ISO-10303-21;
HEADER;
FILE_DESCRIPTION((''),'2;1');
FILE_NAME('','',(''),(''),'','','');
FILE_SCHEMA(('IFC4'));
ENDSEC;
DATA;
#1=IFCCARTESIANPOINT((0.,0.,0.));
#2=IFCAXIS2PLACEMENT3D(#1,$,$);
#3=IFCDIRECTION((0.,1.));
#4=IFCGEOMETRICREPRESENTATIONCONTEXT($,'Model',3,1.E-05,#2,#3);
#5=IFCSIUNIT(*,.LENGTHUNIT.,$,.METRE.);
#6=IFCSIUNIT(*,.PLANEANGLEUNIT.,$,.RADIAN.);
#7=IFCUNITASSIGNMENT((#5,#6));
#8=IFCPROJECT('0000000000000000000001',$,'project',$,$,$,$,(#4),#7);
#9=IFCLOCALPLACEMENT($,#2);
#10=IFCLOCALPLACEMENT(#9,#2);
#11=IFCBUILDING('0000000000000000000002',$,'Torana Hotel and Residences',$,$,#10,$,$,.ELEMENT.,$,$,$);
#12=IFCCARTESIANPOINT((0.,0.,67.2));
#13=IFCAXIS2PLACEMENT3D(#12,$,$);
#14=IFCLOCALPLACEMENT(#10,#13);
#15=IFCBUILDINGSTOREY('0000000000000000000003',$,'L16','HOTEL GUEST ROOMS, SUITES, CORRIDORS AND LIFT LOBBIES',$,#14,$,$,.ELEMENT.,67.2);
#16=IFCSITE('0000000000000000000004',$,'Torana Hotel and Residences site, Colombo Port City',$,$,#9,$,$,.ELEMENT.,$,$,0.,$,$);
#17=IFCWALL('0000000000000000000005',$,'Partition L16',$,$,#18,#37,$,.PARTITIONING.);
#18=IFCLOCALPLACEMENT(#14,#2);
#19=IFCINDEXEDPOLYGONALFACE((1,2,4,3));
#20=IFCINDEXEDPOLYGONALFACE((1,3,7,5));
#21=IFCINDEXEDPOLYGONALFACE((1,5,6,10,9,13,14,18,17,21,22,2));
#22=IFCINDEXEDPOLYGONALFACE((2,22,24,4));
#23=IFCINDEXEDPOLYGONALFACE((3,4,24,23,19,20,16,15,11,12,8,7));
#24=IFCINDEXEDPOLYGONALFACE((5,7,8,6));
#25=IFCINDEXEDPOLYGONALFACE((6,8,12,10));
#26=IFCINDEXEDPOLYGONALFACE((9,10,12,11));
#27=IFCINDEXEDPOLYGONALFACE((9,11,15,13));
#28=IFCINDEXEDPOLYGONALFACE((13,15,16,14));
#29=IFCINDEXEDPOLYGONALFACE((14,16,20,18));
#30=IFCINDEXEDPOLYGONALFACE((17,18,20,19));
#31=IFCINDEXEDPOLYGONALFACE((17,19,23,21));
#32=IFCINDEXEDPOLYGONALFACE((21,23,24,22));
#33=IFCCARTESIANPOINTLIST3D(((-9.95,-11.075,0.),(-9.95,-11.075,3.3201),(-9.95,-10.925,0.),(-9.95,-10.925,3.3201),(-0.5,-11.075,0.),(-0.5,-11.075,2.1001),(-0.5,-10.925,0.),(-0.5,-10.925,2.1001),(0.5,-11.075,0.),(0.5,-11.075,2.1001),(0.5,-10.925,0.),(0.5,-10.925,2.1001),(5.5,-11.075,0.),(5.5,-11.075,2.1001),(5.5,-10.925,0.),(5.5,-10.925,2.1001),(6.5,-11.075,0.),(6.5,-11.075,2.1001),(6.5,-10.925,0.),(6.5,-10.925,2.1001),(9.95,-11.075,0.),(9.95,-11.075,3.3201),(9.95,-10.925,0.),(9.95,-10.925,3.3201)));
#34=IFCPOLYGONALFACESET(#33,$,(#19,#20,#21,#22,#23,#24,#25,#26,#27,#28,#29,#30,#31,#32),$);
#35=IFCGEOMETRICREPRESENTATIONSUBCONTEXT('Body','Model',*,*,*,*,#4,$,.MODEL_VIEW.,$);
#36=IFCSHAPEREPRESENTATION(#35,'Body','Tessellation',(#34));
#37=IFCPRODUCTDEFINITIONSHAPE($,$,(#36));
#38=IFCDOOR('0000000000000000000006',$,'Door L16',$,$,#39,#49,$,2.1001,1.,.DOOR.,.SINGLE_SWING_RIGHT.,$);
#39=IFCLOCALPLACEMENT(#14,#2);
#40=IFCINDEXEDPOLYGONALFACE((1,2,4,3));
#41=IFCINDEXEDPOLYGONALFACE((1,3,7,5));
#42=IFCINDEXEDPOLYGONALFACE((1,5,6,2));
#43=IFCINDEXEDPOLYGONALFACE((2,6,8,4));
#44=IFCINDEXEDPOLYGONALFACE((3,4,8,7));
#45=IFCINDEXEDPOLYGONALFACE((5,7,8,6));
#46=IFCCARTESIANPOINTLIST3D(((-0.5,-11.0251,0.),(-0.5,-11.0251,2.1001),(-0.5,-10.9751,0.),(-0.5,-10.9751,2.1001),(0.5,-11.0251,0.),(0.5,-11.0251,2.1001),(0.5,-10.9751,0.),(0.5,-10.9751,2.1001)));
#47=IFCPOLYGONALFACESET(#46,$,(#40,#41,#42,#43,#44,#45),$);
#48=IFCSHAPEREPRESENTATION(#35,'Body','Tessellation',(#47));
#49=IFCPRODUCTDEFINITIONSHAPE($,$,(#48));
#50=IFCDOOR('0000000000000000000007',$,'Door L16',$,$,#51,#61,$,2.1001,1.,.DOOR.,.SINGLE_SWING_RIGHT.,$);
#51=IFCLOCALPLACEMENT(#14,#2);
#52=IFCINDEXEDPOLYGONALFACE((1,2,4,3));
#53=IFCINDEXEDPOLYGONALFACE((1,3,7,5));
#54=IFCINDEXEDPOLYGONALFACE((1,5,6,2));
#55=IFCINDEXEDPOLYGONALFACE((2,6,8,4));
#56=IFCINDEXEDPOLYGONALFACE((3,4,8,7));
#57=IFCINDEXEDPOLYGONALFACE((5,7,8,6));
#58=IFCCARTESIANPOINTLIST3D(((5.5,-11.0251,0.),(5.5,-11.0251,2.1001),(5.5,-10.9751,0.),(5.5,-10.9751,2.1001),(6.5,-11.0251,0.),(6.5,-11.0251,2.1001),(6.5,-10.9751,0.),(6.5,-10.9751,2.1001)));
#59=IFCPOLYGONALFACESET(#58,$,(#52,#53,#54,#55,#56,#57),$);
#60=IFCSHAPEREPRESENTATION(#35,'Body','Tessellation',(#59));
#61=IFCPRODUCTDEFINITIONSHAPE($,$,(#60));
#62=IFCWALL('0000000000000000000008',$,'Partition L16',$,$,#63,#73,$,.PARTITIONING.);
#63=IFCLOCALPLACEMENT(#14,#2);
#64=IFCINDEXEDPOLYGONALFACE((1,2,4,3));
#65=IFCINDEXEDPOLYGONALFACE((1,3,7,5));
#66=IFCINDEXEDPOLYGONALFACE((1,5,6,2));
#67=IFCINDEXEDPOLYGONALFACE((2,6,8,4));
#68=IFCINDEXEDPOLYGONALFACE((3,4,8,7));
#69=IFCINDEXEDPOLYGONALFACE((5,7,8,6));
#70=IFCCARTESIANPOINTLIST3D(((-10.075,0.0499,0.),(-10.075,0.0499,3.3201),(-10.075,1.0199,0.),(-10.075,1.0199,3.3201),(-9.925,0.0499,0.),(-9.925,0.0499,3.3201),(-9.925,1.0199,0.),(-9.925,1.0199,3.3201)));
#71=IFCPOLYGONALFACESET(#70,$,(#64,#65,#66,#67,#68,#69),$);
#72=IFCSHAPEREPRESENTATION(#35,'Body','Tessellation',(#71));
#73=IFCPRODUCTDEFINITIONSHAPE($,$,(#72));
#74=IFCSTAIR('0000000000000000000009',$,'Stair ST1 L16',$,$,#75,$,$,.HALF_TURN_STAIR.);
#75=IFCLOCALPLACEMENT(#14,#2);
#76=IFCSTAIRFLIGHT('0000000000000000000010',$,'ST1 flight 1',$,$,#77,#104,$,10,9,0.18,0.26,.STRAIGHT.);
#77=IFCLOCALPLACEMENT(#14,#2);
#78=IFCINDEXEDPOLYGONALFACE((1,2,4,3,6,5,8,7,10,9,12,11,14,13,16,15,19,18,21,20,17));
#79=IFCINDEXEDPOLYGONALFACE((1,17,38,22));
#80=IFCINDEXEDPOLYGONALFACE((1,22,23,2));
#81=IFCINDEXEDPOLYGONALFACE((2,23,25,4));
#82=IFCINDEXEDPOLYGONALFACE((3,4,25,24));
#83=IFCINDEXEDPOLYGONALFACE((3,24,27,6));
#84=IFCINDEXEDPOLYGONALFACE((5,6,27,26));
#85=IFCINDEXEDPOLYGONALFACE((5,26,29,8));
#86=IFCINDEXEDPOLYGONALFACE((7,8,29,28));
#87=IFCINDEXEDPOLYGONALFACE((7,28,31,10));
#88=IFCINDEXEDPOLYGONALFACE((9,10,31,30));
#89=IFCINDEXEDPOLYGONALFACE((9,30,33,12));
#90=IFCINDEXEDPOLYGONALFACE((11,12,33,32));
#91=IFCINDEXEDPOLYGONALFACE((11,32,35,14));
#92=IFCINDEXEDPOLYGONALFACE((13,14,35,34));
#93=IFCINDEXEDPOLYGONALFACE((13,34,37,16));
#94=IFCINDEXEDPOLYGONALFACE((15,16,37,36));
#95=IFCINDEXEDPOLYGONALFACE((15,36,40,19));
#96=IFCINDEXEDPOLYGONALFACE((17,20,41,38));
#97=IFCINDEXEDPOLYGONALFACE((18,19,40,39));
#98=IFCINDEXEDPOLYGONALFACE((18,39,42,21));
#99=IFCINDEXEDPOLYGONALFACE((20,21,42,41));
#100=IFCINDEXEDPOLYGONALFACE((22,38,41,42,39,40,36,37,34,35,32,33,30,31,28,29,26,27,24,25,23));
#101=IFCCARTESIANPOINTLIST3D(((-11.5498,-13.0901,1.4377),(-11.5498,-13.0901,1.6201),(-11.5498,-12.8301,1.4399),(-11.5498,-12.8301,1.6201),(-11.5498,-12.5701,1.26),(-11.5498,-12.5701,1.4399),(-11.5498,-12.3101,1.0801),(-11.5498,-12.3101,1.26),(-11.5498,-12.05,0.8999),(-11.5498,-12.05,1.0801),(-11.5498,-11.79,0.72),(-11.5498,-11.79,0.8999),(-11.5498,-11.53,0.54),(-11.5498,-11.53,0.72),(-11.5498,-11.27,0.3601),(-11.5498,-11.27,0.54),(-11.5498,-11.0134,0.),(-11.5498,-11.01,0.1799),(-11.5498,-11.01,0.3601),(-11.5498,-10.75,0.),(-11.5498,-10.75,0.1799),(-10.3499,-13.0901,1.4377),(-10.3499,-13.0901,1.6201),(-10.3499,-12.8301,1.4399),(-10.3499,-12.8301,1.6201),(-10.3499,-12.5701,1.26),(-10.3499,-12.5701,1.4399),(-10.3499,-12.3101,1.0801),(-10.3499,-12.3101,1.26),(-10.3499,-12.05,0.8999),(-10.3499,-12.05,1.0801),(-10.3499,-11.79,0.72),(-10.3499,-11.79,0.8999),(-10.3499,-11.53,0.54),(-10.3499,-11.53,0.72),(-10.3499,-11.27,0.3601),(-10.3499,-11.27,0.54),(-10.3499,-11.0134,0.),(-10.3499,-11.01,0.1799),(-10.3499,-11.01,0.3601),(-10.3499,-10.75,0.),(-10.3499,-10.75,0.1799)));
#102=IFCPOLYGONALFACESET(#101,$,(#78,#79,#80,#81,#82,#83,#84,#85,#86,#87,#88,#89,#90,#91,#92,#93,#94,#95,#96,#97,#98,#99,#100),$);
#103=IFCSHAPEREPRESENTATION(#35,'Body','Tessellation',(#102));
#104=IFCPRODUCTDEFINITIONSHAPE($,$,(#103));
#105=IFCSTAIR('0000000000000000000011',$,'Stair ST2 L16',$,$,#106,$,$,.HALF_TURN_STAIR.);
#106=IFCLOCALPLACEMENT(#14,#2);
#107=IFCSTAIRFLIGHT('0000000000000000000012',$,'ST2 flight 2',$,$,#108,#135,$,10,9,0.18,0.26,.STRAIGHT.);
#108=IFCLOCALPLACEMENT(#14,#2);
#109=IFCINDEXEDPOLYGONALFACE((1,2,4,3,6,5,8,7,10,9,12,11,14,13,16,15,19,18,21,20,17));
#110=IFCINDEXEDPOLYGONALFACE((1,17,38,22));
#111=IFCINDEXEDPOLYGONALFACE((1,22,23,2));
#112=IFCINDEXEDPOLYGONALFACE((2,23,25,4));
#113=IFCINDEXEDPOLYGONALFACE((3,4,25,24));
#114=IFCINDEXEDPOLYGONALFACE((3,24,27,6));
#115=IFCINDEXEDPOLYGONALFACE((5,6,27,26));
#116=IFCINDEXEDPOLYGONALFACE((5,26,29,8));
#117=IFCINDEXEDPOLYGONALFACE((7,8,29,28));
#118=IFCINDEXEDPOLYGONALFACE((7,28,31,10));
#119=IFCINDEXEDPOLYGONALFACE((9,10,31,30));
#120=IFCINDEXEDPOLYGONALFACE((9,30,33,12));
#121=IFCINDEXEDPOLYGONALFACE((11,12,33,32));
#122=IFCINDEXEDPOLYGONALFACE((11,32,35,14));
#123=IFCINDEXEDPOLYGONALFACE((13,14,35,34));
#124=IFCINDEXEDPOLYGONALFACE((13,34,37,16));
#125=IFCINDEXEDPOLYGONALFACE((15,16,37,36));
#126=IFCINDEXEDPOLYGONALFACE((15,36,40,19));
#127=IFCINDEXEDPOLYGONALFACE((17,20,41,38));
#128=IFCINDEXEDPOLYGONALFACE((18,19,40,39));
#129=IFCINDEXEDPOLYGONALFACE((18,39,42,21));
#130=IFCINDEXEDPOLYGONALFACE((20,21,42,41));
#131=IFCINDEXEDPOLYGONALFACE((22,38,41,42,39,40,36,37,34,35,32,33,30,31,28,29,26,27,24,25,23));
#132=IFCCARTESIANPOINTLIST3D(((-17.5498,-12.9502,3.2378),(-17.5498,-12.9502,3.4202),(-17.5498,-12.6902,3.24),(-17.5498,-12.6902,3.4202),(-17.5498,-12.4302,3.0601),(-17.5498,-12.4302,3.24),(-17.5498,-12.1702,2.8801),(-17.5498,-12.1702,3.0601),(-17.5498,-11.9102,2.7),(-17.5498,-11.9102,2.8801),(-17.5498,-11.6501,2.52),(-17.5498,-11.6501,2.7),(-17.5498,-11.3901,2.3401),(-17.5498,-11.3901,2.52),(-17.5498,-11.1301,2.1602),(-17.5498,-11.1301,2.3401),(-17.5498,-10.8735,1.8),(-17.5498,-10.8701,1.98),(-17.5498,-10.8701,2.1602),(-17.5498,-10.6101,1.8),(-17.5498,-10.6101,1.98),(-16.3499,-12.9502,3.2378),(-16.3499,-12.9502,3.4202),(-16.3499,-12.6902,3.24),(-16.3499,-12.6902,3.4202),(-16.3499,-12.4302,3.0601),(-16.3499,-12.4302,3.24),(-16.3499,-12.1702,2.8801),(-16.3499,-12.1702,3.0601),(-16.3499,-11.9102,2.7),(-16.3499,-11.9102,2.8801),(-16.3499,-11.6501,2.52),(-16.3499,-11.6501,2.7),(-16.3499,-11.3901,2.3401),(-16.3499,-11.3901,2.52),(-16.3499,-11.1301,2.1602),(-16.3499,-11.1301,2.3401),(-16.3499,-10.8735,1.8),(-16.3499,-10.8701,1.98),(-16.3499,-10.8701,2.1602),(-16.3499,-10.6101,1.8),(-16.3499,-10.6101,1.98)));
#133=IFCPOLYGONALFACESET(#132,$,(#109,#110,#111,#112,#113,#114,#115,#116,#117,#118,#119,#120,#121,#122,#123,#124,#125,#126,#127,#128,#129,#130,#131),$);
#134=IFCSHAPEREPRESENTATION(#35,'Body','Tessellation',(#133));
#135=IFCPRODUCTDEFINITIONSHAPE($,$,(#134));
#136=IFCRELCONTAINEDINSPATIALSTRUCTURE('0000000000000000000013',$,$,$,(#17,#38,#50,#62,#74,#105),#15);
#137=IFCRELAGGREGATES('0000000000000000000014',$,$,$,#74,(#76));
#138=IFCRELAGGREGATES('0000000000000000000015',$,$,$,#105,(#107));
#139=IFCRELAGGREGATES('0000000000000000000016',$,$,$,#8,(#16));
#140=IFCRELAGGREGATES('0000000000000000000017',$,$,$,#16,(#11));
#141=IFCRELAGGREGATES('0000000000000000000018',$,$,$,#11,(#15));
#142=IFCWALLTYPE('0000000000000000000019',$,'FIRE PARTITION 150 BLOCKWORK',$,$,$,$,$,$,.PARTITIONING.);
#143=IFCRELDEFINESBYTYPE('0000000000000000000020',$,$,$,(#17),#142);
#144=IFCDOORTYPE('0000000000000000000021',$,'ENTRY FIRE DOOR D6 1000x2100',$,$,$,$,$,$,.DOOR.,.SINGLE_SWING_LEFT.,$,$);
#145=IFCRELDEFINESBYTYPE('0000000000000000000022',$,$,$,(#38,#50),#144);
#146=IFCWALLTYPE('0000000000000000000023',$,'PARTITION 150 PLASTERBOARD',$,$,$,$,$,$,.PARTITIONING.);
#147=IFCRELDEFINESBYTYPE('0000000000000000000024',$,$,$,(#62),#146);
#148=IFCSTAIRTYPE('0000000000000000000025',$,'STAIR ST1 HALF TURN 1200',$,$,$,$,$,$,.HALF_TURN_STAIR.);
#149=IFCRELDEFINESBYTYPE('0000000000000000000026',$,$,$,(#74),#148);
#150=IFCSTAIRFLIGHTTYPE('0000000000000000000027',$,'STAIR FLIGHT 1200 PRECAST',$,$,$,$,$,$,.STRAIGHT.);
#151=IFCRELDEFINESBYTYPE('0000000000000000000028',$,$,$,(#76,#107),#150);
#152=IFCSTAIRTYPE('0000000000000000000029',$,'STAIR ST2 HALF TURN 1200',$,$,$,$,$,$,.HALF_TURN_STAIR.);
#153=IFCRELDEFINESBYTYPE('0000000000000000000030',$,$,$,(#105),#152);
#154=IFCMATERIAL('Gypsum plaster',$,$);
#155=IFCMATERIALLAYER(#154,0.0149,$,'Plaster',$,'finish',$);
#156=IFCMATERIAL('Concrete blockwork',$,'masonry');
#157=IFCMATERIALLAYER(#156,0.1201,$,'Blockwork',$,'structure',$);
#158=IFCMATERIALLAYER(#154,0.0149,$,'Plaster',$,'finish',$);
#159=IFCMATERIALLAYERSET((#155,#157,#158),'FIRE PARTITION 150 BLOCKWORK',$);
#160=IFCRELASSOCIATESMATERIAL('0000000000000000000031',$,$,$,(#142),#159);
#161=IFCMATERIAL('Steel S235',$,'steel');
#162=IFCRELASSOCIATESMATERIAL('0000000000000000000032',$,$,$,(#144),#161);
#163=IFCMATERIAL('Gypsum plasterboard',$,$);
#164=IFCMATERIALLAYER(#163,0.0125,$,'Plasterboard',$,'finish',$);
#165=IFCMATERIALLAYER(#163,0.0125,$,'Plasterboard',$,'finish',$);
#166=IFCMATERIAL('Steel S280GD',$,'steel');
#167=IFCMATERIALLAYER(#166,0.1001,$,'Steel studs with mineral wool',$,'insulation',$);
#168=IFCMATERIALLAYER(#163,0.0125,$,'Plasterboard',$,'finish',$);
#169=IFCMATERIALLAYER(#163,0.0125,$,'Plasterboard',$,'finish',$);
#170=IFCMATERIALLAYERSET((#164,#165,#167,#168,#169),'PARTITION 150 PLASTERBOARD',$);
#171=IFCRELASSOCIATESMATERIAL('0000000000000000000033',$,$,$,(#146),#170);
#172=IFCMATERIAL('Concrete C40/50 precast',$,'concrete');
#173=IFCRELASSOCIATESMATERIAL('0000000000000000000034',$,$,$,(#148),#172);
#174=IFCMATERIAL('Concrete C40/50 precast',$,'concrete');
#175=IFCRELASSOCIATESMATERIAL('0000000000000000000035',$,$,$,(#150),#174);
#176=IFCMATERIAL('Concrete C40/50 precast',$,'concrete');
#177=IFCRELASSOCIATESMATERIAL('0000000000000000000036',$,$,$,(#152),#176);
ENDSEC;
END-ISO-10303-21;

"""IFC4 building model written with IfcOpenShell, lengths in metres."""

from ifc_helpers import new_model, si_unit, direction, frame, frame_2d, origin, place, context, subcontext, project, spatial, polyline, rectangle, outline, extrude, material, layer, layer_set, type_object, element, fill, aggregate, save


model = new_model("IFC4")

# Units and contexts
model_context = context("Model", 3, precision=1e-05, world=origin(), true_north=direction((0.0, 1.0)))
body_context = subcontext(model_context, "Body", "Model", "MODEL_VIEW")
ifc_project = project(units=[si_unit("LENGTHUNIT", "METRE"), si_unit("PLANEANGLEUNIT", "RADIAN")], contexts=[model_context])

# Site, building, storey
site_placement = place(None, origin())
site = spatial("IfcSite", under=ifc_project, at=site_placement, Name="Torana Hotel and Residences site, Colombo Port City", CompositionType="ELEMENT", RefElevation=0.0)
building_placement = place(site_placement, origin())
building = spatial("IfcBuilding", under=site, at=building_placement, Name="Torana Hotel and Residences", CompositionType="ELEMENT")
storey_placement = place(building_placement, frame((0.0, 0.0, 67.2)))
storey = spatial("IfcBuildingStorey", under=building, at=storey_placement, Name="L16", Description="HOTEL GUEST ROOMS, SUITES, CORRIDORS AND LIFT LOBBIES", CompositionType="ELEMENT", Elevation=67.2)

# Shared definitions
ifc_material_1 = material(Name="Gypsum plaster")
ifc_layer_1 = layer(ifc_material_1, 0.0149, Name="Plaster", Category="finish")
ifc_material_2 = material(Name="Concrete blockwork", Category="masonry")
ifc_layer_2 = layer(ifc_material_2, 0.1201, Name="Blockwork", Category="structure")
ifc_layer_3 = layer(ifc_material_1, 0.0149, Name="Plaster", Category="finish")
ifc_layer_set_1 = layer_set([ifc_layer_1, ifc_layer_2, ifc_layer_3], Name="FIRE PARTITION 150 BLOCKWORK")
wall_type_1 = type_object("IfcWallType", Name="FIRE PARTITION 150 BLOCKWORK", PredefinedType="PARTITIONING", material=ifc_layer_set_1)

# Wall, openings, doors
wall_1_placement = place(storey_placement, frame((-9.95, -11.0, 0.0), z_axis=(0.0, 0.0, 1.0), x_axis=(1.0, 0.0, 0.0)))
wall_1 = element("IfcWall", 1, at=wall_1_placement, inside=storey, type_object=wall_type_1, Name="Partition L16", PredefinedType="PARTITIONING", context=body_context, shape_type="SweptSolid", body=[
    extrude(rectangle(XDim=19.8999, YDim=0.1499, at=frame_2d((9.95, 0.0))), origin(), (0.0, 0.0, 1.0), 3.3201),
])
opening_1_placement = place(wall_1_placement, frame((9.45, 0.0, 0.0)))
opening_1 = element("IfcOpeningElement", 2, at=opening_1_placement, cuts=wall_1, PredefinedType="OPENING", context=body_context, shape_type="SweptSolid", body=[
    extrude(rectangle(XDim=1.0, YDim=2.1001, at=frame_2d((0.5, 1.05))), frame((0.0, 0.085, 0.0), z_axis=(0.0, -1.0, 0.0), x_axis=(1.0, 0.0, 0.0)), (0.0, 0.0, 1.0), 0.1699),
])
opening_2_placement = place(wall_1_placement, frame((15.45, 0.0, 0.0)))
opening_2 = element("IfcOpeningElement", 3, at=opening_2_placement, cuts=wall_1, PredefinedType="OPENING", context=body_context, shape_type="SweptSolid", body=[
    extrude(rectangle(XDim=1.0, YDim=2.1001, at=frame_2d((0.5, 1.05))), frame((0.0, 0.085, 0.0), z_axis=(0.0, -1.0, 0.0), x_axis=(1.0, 0.0, 0.0)), (0.0, 0.0, 1.0), 0.1699),
])
ifc_material_3 = material(Name="Steel S235", Category="steel")
door_type = type_object("IfcDoorType", Name="ENTRY FIRE DOOR D6 1000x2100", OperationType="SINGLE_SWING_LEFT", PredefinedType="DOOR", material=ifc_material_3)
door_1_placement = place(opening_1_placement, origin())
door_1 = element("IfcDoor", 4, at=door_1_placement, inside=storey, type_object=door_type, Name="Door L16", OperationType="SINGLE_SWING_RIGHT", OverallHeight=2.1001, OverallWidth=1.0, PredefinedType="DOOR", context=body_context, shape_type="SweptSolid", body=[
    extrude(rectangle(XDim=1.0, YDim=2.1001, at=frame_2d((0.5, 1.05))), frame((0.0, 0.0249, 0.0), z_axis=(0.0, -1.0, 0.0), x_axis=(1.0, 0.0, 0.0)), (0.0, 0.0, 1.0), 0.05),
])
fill(opening_1, door_1)
door_2_placement = place(opening_2_placement, origin())
door_2 = element("IfcDoor", 5, at=door_2_placement, inside=storey, type_object=door_type, Name="Door L16", OperationType="SINGLE_SWING_RIGHT", OverallHeight=2.1001, OverallWidth=1.0, PredefinedType="DOOR", context=body_context, shape_type="SweptSolid", body=[
    extrude(rectangle(XDim=1.0, YDim=2.1001, at=frame_2d((0.5, 1.05))), frame((0.0, 0.0249, 0.0), z_axis=(0.0, -1.0, 0.0), x_axis=(1.0, 0.0, 0.0)), (0.0, 0.0, 1.0), 0.05),
])
fill(opening_2, door_2)

# Wall
ifc_material_4 = material(Name="Gypsum plasterboard")
ifc_layer_4 = layer(ifc_material_4, 0.0125, Name="Plasterboard", Category="finish")
ifc_layer_5 = layer(ifc_material_4, 0.0125, Name="Plasterboard", Category="finish")
ifc_material_5 = material(Name="Steel S280GD", Category="steel")
ifc_layer_6 = layer(ifc_material_5, 0.1001, Name="Steel studs with mineral wool", Category="insulation")
ifc_layer_7 = layer(ifc_material_4, 0.0125, Name="Plasterboard", Category="finish")
ifc_layer_8 = layer(ifc_material_4, 0.0125, Name="Plasterboard", Category="finish")
ifc_layer_set_2 = layer_set([ifc_layer_4, ifc_layer_5, ifc_layer_6, ifc_layer_7, ifc_layer_8], Name="PARTITION 150 PLASTERBOARD")
wall_type_2 = type_object("IfcWallType", Name="PARTITION 150 PLASTERBOARD", PredefinedType="PARTITIONING", material=ifc_layer_set_2)
wall_2_placement = place(storey_placement, frame((-10.0, 0.05, 0.0), z_axis=(0.0, 0.0, 1.0), x_axis=(0.0, 1.0, 0.0)))
element("IfcWall", 6, at=wall_2_placement, inside=storey, type_object=wall_type_2, Name="Partition L16", PredefinedType="PARTITIONING", context=body_context, shape_type="SweptSolid", body=[
    extrude(rectangle(XDim=0.97, YDim=0.1499, at=frame_2d((0.4849, 0.0))), origin(), (0.0, 0.0, 1.0), 3.3201),
])

# Stairs, stair flights
ifc_material_6 = material(Name="Concrete C40/50 precast", Category="concrete")
stair_type_1 = type_object("IfcStairType", Name="STAIR ST1 HALF TURN 1200", PredefinedType="HALF_TURN_STAIR", material=ifc_material_6)
stair_1_placement = place(storey_placement, origin())
stair_1 = element("IfcStair", 7, at=stair_1_placement, inside=storey, type_object=stair_type_1, Name="Stair ST1 L16", PredefinedType="HALF_TURN_STAIR")
ifc_material_7 = material(Name="Concrete C40/50 precast", Category="concrete")
stair_flight_type = type_object("IfcStairFlightType", Name="STAIR FLIGHT 1200 PRECAST", PredefinedType="STRAIGHT", material=ifc_material_7)
stair_flight_1_placement = place(storey_placement, frame((-10.95, -10.75, 0.0), z_axis=(0.0, 0.0, 1.0), x_axis=(0.0, -1.0, 0.0)))
stair_flight_1 = element("IfcStairFlight", 8, at=stair_flight_1_placement, type_object=stair_flight_type, Name="ST1 flight 1", NumberOfRisers=10, NumberOfTreads=9, PredefinedType="STRAIGHT", RiserHeight=0.18, TreadLength=0.26, context=body_context, shape_type="SweptSolid", body=[
    extrude(outline(polyline([(0.0, 0.0), (0.0, 0.1799), (0.26, 0.1799), (0.26, 0.3601), (0.52, 0.3601), (0.52, 0.54), (0.78, 0.54), (0.78, 0.72), (1.04, 0.72), (1.04, 0.8999), (1.3, 0.8999), (1.3, 1.0801), (1.5601, 1.0801), (1.5601, 1.26), (1.8201, 1.26), (1.8201, 1.4399), (2.0801, 1.4399), (2.0801, 1.6201), (2.3401, 1.6201), (2.3401, 1.8), (2.3401, 1.4377), (0.2634, 0.0), (0.0, 0.0)])), frame((0.0, 0.6001, 0.0), z_axis=(0.0, -1.0, 0.0), x_axis=(1.0, 0.0, 0.0)), (0.0, 0.0, 1.0), 1.2),
])
aggregate(stair_1, [stair_flight_1])
ifc_material_8 = material(Name="Concrete C40/50 precast", Category="concrete")
stair_type_2 = type_object("IfcStairType", Name="STAIR ST2 HALF TURN 1200", PredefinedType="HALF_TURN_STAIR", material=ifc_material_8)
stair_2_placement = place(storey_placement, origin())
stair_2 = element("IfcStair", 9, at=stair_2_placement, inside=storey, type_object=stair_type_2, Name="Stair ST2 L16", PredefinedType="HALF_TURN_STAIR")
stair_flight_2_placement = place(storey_placement, frame((-16.95, -10.6101, 1.8), z_axis=(0.0, 0.0, 1.0), x_axis=(0.0, -1.0, 0.0)))
stair_flight_2 = element("IfcStairFlight", 10, at=stair_flight_2_placement, type_object=stair_flight_type, Name="ST2 flight 2", NumberOfRisers=10, NumberOfTreads=9, PredefinedType="STRAIGHT", RiserHeight=0.18, TreadLength=0.26, context=body_context, shape_type="SweptSolid", body=[
    extrude(outline(polyline([(0.0, 0.0), (0.0, 0.1799), (0.26, 0.1799), (0.26, 0.3601), (0.52, 0.3601), (0.52, 0.54), (0.78, 0.54), (0.78, 0.72), (1.04, 0.72), (1.04, 0.8999), (1.3, 0.8999), (1.3, 1.0801), (1.5601, 1.0801), (1.5601, 1.26), (1.8201, 1.26), (1.8201, 1.4399), (2.0801, 1.4399), (2.0801, 1.6201), (2.3401, 1.6201), (2.3401, 1.8), (2.3401, 1.4377), (0.2634, 0.0), (0.0, 0.0)])), frame((0.0, 0.6001, 0.0), z_axis=(0.0, -1.0, 0.0), x_axis=(1.0, 0.0, 0.0)), (0.0, 0.0, 1.0), 1.2),
])
aggregate(stair_2, [stair_flight_2])

save(model, "model.ifc")
